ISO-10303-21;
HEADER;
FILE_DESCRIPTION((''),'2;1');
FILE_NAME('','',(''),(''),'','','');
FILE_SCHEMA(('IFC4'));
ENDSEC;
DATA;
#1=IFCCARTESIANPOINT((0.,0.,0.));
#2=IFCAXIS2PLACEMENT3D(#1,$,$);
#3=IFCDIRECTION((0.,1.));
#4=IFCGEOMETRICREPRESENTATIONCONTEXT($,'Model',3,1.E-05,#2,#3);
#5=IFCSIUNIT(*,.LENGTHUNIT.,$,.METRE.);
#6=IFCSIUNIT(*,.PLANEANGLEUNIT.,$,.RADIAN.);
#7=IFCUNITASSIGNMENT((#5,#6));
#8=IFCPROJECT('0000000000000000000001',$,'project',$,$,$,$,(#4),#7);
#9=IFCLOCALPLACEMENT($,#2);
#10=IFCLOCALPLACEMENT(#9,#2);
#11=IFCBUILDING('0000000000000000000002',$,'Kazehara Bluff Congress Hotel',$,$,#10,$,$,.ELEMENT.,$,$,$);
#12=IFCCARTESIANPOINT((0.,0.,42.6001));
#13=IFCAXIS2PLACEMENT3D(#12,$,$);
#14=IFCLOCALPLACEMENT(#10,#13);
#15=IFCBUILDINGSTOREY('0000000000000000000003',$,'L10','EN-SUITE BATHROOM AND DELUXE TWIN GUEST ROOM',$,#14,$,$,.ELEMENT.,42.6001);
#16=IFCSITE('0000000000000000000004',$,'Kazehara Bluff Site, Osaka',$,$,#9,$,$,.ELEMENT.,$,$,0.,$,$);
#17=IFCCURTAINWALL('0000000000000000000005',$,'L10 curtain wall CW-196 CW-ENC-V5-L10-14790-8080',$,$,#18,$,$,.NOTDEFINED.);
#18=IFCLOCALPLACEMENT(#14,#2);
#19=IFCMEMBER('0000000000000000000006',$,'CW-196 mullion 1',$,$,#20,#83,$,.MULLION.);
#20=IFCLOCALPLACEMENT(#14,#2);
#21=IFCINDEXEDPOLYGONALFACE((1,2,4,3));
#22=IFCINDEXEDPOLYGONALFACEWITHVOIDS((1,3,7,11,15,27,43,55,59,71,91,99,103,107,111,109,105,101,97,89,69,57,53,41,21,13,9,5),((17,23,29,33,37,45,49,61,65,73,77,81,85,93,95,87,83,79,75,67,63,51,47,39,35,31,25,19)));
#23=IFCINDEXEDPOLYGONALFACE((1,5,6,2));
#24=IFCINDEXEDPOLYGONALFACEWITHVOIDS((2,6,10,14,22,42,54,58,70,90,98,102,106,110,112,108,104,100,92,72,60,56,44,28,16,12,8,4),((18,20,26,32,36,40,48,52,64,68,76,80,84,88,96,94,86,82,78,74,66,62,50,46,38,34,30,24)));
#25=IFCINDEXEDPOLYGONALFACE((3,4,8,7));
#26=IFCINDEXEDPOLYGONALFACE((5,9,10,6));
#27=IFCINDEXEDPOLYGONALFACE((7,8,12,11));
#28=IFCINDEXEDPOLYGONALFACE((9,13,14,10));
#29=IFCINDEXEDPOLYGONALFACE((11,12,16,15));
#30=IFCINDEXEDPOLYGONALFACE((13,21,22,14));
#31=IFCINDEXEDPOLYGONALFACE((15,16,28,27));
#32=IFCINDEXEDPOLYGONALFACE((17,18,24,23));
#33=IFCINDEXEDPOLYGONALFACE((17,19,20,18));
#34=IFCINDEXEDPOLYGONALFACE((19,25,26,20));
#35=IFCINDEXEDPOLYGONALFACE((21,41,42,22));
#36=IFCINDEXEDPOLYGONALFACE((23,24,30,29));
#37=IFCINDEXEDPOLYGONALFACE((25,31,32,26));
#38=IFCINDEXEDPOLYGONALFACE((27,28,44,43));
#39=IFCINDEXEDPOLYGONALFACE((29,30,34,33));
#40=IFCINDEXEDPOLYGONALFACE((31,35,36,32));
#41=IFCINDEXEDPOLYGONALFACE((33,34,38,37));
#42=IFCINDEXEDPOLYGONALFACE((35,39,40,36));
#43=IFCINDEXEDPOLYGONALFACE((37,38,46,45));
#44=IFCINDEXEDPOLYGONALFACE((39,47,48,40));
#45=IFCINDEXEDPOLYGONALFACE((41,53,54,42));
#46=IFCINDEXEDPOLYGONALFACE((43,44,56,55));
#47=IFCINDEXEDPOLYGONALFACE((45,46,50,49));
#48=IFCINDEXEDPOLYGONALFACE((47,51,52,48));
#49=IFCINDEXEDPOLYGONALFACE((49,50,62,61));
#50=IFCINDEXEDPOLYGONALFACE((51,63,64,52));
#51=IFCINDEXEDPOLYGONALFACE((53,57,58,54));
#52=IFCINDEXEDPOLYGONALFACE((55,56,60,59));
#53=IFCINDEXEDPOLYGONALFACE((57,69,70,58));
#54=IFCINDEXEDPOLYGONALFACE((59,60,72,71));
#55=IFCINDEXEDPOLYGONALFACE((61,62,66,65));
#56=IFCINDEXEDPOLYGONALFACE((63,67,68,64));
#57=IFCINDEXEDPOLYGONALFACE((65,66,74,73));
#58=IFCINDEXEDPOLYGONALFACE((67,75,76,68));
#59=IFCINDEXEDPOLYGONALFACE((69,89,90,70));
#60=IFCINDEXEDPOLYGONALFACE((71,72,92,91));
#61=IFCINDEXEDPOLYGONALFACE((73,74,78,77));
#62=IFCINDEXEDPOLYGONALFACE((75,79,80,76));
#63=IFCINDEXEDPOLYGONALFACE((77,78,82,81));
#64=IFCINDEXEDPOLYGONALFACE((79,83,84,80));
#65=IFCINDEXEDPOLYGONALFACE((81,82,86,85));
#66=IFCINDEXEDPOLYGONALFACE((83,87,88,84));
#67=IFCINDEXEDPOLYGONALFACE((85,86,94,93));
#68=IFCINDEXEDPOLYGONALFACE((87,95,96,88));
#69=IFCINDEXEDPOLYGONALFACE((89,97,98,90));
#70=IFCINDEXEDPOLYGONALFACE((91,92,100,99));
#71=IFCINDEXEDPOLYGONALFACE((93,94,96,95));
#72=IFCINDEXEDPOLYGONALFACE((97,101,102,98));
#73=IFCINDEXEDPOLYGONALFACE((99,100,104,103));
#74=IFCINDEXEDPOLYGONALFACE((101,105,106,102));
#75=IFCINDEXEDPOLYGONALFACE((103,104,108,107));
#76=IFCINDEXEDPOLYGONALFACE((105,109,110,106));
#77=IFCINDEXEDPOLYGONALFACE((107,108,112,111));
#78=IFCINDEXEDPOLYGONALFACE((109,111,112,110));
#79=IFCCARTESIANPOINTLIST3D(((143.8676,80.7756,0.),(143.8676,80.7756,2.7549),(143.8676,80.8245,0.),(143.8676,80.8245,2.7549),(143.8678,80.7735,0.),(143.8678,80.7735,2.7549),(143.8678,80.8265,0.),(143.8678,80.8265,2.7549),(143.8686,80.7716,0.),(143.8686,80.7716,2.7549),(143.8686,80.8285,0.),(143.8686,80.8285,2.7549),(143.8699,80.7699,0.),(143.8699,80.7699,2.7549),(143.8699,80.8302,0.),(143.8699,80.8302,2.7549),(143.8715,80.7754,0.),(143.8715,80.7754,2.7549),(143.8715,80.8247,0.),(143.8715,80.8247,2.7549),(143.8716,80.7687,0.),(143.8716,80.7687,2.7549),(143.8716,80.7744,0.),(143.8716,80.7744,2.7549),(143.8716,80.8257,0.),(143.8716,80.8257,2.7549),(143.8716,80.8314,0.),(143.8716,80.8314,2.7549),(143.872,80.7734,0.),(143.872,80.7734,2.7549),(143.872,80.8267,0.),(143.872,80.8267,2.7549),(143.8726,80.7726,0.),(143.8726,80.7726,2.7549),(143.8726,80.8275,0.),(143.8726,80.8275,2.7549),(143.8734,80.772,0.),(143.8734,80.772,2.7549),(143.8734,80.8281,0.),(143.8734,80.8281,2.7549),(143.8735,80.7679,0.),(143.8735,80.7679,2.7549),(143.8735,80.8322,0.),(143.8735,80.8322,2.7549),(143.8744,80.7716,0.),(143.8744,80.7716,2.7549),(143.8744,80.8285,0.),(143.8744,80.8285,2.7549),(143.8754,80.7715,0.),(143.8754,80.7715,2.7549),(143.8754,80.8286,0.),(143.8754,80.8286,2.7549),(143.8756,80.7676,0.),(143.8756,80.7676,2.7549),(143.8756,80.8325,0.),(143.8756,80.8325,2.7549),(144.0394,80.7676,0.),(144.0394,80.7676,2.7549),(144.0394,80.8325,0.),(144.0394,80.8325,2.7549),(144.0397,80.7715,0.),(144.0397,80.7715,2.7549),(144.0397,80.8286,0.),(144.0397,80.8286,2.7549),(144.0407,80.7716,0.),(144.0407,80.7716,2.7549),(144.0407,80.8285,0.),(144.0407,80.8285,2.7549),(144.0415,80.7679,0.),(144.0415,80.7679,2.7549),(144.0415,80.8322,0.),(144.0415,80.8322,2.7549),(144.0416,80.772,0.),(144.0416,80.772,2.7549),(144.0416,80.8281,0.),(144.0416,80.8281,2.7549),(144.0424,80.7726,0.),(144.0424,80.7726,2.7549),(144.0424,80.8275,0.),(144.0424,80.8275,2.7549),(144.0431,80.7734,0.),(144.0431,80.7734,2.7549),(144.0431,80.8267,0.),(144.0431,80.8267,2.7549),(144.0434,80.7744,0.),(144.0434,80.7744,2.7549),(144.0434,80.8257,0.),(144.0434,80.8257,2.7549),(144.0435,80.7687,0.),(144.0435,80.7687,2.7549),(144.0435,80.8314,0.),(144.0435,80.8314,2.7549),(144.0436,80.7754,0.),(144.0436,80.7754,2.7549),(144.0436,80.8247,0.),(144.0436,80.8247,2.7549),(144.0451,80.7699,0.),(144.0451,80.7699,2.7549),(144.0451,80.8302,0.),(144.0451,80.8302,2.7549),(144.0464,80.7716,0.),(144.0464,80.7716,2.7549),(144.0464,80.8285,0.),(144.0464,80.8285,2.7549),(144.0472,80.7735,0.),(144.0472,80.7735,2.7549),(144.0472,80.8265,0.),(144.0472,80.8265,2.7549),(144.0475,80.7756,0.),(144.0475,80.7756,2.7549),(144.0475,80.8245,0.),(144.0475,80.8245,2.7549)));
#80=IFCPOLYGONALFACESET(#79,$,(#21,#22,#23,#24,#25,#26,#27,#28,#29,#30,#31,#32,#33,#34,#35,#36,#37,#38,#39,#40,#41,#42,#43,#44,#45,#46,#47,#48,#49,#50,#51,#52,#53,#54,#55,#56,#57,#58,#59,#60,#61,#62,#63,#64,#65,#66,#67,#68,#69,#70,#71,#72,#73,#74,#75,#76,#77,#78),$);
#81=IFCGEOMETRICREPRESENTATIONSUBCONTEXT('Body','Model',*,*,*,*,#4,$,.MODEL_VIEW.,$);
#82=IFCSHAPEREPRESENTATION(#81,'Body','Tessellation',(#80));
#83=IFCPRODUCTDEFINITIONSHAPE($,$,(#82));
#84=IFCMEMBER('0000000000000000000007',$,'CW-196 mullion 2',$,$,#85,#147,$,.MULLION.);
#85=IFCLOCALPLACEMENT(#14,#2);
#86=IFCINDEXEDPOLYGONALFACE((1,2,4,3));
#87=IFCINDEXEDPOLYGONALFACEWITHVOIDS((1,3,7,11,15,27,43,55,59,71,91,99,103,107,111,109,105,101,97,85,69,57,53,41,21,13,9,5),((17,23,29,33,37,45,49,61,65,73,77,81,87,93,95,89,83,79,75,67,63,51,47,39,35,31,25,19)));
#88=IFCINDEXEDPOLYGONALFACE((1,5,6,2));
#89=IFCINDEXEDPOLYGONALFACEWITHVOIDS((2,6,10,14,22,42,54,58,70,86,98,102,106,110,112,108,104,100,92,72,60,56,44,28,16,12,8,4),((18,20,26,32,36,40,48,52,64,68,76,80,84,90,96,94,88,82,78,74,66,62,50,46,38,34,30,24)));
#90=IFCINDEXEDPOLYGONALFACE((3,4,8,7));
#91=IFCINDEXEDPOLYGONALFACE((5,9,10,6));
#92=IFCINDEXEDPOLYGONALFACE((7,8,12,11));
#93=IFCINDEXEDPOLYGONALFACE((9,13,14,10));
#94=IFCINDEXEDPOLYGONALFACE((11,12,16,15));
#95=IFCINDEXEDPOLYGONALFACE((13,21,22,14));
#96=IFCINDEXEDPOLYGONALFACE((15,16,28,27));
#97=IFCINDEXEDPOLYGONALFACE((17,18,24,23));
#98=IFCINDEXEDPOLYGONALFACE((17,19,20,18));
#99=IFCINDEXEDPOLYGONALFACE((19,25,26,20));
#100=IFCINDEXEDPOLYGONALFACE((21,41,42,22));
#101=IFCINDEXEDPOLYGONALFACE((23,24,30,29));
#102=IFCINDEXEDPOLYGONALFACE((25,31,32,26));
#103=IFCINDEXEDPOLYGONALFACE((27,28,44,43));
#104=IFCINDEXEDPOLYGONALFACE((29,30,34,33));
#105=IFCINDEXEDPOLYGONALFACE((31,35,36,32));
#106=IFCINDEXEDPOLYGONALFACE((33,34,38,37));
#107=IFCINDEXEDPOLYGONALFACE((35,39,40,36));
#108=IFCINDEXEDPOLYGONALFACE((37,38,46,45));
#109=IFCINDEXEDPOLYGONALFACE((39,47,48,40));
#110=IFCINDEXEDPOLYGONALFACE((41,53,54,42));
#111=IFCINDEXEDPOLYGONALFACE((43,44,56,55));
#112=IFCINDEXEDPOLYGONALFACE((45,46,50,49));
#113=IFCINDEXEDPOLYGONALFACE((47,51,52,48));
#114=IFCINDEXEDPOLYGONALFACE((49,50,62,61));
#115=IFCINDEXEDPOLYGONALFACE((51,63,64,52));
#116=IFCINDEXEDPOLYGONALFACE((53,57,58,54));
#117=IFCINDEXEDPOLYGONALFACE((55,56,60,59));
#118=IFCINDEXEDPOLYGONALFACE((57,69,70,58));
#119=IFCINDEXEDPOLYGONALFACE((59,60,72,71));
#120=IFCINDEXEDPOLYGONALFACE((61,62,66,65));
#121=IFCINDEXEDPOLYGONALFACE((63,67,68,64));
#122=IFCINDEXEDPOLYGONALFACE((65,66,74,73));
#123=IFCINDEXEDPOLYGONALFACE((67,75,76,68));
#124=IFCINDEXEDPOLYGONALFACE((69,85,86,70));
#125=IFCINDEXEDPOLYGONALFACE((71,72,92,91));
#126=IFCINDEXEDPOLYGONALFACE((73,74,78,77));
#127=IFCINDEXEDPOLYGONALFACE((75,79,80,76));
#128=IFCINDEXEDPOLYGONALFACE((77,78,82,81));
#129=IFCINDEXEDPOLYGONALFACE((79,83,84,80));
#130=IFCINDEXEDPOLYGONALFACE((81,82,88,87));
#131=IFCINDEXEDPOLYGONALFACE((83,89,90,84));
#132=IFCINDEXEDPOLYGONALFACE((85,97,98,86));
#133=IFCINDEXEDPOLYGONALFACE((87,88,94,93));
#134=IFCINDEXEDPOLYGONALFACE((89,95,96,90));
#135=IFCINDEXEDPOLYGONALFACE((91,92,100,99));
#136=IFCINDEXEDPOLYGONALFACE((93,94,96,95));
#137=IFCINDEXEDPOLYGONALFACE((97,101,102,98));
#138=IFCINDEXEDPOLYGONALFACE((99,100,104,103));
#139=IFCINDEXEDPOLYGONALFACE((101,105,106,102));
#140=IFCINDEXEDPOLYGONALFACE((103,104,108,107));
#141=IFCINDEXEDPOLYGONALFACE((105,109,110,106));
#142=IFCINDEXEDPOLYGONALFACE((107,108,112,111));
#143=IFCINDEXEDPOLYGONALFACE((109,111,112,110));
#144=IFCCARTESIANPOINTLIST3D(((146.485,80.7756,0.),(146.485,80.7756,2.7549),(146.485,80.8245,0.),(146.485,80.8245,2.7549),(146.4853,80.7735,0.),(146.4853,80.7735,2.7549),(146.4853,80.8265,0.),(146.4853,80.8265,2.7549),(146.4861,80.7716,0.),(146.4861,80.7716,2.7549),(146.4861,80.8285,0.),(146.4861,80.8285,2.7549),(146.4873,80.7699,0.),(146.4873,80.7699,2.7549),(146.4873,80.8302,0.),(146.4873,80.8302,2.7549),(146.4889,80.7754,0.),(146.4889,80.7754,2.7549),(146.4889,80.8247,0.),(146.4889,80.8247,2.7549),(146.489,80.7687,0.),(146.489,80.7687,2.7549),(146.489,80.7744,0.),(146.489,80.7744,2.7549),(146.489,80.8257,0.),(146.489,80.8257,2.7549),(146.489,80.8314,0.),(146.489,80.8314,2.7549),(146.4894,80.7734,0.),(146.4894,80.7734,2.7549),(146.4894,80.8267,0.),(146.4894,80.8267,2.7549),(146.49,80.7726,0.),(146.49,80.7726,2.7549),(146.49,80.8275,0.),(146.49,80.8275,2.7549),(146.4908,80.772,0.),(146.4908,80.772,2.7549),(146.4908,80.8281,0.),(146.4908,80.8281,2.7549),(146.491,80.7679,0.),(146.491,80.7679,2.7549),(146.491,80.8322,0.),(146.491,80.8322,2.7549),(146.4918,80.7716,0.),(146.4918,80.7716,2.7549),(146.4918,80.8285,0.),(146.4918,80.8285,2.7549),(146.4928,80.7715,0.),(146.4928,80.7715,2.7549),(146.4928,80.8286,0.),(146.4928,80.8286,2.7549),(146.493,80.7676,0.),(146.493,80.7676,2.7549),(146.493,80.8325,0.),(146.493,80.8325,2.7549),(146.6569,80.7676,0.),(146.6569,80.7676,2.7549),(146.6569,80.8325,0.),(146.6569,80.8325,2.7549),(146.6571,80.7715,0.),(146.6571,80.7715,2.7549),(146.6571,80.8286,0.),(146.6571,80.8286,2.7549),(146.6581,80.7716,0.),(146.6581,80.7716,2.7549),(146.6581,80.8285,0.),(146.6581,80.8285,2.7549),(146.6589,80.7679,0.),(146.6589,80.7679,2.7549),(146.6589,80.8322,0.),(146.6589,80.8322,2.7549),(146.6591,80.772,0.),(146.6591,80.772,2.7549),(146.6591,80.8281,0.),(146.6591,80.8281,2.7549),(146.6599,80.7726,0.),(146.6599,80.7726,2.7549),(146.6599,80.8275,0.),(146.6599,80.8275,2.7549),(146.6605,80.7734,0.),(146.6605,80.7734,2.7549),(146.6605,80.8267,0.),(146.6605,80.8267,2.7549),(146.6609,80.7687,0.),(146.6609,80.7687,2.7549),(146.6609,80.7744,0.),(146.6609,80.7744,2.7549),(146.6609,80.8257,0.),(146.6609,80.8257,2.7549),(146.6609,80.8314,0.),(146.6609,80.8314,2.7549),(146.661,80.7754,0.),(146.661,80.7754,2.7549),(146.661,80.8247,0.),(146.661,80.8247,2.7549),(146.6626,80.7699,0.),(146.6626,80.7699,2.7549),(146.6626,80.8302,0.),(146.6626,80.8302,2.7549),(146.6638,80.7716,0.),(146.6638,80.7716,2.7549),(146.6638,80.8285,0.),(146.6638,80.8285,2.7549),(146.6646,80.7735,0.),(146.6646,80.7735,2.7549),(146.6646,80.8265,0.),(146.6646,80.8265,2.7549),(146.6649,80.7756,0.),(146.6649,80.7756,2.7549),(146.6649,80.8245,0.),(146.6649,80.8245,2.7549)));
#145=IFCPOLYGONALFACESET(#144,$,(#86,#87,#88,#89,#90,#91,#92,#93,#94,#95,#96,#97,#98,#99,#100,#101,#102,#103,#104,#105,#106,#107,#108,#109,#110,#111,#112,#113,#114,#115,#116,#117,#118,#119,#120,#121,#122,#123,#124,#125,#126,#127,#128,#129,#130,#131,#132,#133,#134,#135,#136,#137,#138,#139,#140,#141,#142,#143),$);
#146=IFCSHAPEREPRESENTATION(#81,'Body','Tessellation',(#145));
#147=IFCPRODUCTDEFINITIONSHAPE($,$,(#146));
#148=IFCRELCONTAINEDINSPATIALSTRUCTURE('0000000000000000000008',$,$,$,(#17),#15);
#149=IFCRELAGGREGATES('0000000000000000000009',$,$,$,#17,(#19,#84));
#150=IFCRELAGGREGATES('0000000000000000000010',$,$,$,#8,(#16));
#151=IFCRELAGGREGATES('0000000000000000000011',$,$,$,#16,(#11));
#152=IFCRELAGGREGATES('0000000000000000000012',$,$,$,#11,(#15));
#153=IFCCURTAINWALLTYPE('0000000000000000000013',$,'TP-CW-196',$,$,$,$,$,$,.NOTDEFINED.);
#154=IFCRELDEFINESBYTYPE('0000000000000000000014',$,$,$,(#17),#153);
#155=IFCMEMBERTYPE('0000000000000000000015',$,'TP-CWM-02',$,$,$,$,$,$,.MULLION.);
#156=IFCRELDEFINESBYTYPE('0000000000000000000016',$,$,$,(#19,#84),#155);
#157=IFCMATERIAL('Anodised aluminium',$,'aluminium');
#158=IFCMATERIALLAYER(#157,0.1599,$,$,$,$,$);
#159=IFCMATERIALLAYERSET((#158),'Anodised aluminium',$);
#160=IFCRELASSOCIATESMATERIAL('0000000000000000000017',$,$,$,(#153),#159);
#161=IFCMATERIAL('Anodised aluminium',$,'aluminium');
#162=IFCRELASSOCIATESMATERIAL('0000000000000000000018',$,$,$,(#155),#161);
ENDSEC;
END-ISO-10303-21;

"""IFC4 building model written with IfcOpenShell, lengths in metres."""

from ifc_helpers import new_model, si_unit, direction, frame, origin, origin_2d, place, context, subcontext, project, spatial, hollow_rectangle, extrude, material, layer, layer_set, material_profile, profile_set, type_object, element, aggregate, save


model = new_model("IFC4")

# Units and contexts
model_context = context("Model", 3, precision=1e-05, world=origin(), true_north=direction((0.0, 1.0)))
body_context = subcontext(model_context, "Body", "Model", "MODEL_VIEW")
ifc_project = project(units=[si_unit("LENGTHUNIT", "METRE"), si_unit("PLANEANGLEUNIT", "RADIAN")], contexts=[model_context])

# Site, building, storey
site_placement = place(None, origin())
site = spatial("IfcSite", under=ifc_project, at=site_placement, Name="Kazehara Bluff Site, Osaka", CompositionType="ELEMENT", RefElevation=0.0)
building_placement = place(site_placement, origin())
building = spatial("IfcBuilding", under=site, at=building_placement, Name="Kazehara Bluff Congress Hotel", CompositionType="ELEMENT")
storey_placement = place(building_placement, frame((0.0, 0.0, 42.6001)))
storey = spatial("IfcBuildingStorey", under=building, at=storey_placement, Name="L10", Description="EN-SUITE BATHROOM AND DELUXE TWIN GUEST ROOM", CompositionType="ELEMENT", Elevation=42.6001)

# Curtain wall, members
ifc_material_1 = material(Name="Anodised aluminium", Category="aluminium")
ifc_layer_1 = layer(ifc_material_1, 0.1599)
ifc_layer_set_1 = layer_set([ifc_layer_1], Name="Anodised aluminium")
curtain_wall_type = type_object("IfcCurtainWallType", Name="TP-CW-196", PredefinedType="NOTDEFINED", material=ifc_layer_set_1)
curtain_wall_placement = place(storey_placement, origin())
curtain_wall = element("IfcCurtainWall", 1, at=curtain_wall_placement, inside=storey, type_object=curtain_wall_type, Name="L10 curtain wall CW-196 CW-ENC-V5-L10-14790-8080", PredefinedType="NOTDEFINED")
ifc_material_2 = material(Name="Anodised aluminium", Category="aluminium")
ifc_material_profile_1 = material_profile(ifc_material_2, hollow_rectangle(XDim=0.0649, YDim=0.1799, WallThickness=0.0039, InnerFilletRadius=0.0039, OuterFilletRadius=0.0081, at=origin_2d()))
ifc_profile_set_1 = profile_set([ifc_material_profile_1], Name="Anodised aluminium")
member_type_1 = type_object("IfcMemberType", Name="TP-CWM-02", PredefinedType="MULLION", material=ifc_profile_set_1)
member_1_placement = place(storey_placement, frame((143.9575, 80.8, 0.0), z_axis=(0.0, 0.0, 1.0), x_axis=(0.0, 1.0, 0.0)))
member_1 = element("IfcMember", 2, at=member_1_placement, type_object=member_type_1, Name="CW-196 mullion 1", PredefinedType="MULLION", context=body_context, shape_type="SweptSolid", body=[
    extrude(hollow_rectangle(XDim=0.0649, YDim=0.1799, WallThickness=0.0039, InnerFilletRadius=0.0039, OuterFilletRadius=0.0081, at=origin_2d()), origin(), (0.0, 0.0, 1.0), 2.7549),
])
member_2_placement = place(storey_placement, frame((146.575, 80.8, 0.0), z_axis=(0.0, 0.0, 1.0), x_axis=(0.0, 1.0, 0.0)))
member_2 = element("IfcMember", 3, at=member_2_placement, type_object=member_type_1, Name="CW-196 mullion 2", PredefinedType="MULLION", context=body_context, shape_type="SweptSolid", body=[
    extrude(hollow_rectangle(XDim=0.0649, YDim=0.1799, WallThickness=0.0039, InnerFilletRadius=0.0039, OuterFilletRadius=0.0081, at=origin_2d()), origin(), (0.0, 0.0, 1.0), 2.7549),
])

aggregate(curtain_wall, [member_1, member_2])

save(model, "model.ifc")
